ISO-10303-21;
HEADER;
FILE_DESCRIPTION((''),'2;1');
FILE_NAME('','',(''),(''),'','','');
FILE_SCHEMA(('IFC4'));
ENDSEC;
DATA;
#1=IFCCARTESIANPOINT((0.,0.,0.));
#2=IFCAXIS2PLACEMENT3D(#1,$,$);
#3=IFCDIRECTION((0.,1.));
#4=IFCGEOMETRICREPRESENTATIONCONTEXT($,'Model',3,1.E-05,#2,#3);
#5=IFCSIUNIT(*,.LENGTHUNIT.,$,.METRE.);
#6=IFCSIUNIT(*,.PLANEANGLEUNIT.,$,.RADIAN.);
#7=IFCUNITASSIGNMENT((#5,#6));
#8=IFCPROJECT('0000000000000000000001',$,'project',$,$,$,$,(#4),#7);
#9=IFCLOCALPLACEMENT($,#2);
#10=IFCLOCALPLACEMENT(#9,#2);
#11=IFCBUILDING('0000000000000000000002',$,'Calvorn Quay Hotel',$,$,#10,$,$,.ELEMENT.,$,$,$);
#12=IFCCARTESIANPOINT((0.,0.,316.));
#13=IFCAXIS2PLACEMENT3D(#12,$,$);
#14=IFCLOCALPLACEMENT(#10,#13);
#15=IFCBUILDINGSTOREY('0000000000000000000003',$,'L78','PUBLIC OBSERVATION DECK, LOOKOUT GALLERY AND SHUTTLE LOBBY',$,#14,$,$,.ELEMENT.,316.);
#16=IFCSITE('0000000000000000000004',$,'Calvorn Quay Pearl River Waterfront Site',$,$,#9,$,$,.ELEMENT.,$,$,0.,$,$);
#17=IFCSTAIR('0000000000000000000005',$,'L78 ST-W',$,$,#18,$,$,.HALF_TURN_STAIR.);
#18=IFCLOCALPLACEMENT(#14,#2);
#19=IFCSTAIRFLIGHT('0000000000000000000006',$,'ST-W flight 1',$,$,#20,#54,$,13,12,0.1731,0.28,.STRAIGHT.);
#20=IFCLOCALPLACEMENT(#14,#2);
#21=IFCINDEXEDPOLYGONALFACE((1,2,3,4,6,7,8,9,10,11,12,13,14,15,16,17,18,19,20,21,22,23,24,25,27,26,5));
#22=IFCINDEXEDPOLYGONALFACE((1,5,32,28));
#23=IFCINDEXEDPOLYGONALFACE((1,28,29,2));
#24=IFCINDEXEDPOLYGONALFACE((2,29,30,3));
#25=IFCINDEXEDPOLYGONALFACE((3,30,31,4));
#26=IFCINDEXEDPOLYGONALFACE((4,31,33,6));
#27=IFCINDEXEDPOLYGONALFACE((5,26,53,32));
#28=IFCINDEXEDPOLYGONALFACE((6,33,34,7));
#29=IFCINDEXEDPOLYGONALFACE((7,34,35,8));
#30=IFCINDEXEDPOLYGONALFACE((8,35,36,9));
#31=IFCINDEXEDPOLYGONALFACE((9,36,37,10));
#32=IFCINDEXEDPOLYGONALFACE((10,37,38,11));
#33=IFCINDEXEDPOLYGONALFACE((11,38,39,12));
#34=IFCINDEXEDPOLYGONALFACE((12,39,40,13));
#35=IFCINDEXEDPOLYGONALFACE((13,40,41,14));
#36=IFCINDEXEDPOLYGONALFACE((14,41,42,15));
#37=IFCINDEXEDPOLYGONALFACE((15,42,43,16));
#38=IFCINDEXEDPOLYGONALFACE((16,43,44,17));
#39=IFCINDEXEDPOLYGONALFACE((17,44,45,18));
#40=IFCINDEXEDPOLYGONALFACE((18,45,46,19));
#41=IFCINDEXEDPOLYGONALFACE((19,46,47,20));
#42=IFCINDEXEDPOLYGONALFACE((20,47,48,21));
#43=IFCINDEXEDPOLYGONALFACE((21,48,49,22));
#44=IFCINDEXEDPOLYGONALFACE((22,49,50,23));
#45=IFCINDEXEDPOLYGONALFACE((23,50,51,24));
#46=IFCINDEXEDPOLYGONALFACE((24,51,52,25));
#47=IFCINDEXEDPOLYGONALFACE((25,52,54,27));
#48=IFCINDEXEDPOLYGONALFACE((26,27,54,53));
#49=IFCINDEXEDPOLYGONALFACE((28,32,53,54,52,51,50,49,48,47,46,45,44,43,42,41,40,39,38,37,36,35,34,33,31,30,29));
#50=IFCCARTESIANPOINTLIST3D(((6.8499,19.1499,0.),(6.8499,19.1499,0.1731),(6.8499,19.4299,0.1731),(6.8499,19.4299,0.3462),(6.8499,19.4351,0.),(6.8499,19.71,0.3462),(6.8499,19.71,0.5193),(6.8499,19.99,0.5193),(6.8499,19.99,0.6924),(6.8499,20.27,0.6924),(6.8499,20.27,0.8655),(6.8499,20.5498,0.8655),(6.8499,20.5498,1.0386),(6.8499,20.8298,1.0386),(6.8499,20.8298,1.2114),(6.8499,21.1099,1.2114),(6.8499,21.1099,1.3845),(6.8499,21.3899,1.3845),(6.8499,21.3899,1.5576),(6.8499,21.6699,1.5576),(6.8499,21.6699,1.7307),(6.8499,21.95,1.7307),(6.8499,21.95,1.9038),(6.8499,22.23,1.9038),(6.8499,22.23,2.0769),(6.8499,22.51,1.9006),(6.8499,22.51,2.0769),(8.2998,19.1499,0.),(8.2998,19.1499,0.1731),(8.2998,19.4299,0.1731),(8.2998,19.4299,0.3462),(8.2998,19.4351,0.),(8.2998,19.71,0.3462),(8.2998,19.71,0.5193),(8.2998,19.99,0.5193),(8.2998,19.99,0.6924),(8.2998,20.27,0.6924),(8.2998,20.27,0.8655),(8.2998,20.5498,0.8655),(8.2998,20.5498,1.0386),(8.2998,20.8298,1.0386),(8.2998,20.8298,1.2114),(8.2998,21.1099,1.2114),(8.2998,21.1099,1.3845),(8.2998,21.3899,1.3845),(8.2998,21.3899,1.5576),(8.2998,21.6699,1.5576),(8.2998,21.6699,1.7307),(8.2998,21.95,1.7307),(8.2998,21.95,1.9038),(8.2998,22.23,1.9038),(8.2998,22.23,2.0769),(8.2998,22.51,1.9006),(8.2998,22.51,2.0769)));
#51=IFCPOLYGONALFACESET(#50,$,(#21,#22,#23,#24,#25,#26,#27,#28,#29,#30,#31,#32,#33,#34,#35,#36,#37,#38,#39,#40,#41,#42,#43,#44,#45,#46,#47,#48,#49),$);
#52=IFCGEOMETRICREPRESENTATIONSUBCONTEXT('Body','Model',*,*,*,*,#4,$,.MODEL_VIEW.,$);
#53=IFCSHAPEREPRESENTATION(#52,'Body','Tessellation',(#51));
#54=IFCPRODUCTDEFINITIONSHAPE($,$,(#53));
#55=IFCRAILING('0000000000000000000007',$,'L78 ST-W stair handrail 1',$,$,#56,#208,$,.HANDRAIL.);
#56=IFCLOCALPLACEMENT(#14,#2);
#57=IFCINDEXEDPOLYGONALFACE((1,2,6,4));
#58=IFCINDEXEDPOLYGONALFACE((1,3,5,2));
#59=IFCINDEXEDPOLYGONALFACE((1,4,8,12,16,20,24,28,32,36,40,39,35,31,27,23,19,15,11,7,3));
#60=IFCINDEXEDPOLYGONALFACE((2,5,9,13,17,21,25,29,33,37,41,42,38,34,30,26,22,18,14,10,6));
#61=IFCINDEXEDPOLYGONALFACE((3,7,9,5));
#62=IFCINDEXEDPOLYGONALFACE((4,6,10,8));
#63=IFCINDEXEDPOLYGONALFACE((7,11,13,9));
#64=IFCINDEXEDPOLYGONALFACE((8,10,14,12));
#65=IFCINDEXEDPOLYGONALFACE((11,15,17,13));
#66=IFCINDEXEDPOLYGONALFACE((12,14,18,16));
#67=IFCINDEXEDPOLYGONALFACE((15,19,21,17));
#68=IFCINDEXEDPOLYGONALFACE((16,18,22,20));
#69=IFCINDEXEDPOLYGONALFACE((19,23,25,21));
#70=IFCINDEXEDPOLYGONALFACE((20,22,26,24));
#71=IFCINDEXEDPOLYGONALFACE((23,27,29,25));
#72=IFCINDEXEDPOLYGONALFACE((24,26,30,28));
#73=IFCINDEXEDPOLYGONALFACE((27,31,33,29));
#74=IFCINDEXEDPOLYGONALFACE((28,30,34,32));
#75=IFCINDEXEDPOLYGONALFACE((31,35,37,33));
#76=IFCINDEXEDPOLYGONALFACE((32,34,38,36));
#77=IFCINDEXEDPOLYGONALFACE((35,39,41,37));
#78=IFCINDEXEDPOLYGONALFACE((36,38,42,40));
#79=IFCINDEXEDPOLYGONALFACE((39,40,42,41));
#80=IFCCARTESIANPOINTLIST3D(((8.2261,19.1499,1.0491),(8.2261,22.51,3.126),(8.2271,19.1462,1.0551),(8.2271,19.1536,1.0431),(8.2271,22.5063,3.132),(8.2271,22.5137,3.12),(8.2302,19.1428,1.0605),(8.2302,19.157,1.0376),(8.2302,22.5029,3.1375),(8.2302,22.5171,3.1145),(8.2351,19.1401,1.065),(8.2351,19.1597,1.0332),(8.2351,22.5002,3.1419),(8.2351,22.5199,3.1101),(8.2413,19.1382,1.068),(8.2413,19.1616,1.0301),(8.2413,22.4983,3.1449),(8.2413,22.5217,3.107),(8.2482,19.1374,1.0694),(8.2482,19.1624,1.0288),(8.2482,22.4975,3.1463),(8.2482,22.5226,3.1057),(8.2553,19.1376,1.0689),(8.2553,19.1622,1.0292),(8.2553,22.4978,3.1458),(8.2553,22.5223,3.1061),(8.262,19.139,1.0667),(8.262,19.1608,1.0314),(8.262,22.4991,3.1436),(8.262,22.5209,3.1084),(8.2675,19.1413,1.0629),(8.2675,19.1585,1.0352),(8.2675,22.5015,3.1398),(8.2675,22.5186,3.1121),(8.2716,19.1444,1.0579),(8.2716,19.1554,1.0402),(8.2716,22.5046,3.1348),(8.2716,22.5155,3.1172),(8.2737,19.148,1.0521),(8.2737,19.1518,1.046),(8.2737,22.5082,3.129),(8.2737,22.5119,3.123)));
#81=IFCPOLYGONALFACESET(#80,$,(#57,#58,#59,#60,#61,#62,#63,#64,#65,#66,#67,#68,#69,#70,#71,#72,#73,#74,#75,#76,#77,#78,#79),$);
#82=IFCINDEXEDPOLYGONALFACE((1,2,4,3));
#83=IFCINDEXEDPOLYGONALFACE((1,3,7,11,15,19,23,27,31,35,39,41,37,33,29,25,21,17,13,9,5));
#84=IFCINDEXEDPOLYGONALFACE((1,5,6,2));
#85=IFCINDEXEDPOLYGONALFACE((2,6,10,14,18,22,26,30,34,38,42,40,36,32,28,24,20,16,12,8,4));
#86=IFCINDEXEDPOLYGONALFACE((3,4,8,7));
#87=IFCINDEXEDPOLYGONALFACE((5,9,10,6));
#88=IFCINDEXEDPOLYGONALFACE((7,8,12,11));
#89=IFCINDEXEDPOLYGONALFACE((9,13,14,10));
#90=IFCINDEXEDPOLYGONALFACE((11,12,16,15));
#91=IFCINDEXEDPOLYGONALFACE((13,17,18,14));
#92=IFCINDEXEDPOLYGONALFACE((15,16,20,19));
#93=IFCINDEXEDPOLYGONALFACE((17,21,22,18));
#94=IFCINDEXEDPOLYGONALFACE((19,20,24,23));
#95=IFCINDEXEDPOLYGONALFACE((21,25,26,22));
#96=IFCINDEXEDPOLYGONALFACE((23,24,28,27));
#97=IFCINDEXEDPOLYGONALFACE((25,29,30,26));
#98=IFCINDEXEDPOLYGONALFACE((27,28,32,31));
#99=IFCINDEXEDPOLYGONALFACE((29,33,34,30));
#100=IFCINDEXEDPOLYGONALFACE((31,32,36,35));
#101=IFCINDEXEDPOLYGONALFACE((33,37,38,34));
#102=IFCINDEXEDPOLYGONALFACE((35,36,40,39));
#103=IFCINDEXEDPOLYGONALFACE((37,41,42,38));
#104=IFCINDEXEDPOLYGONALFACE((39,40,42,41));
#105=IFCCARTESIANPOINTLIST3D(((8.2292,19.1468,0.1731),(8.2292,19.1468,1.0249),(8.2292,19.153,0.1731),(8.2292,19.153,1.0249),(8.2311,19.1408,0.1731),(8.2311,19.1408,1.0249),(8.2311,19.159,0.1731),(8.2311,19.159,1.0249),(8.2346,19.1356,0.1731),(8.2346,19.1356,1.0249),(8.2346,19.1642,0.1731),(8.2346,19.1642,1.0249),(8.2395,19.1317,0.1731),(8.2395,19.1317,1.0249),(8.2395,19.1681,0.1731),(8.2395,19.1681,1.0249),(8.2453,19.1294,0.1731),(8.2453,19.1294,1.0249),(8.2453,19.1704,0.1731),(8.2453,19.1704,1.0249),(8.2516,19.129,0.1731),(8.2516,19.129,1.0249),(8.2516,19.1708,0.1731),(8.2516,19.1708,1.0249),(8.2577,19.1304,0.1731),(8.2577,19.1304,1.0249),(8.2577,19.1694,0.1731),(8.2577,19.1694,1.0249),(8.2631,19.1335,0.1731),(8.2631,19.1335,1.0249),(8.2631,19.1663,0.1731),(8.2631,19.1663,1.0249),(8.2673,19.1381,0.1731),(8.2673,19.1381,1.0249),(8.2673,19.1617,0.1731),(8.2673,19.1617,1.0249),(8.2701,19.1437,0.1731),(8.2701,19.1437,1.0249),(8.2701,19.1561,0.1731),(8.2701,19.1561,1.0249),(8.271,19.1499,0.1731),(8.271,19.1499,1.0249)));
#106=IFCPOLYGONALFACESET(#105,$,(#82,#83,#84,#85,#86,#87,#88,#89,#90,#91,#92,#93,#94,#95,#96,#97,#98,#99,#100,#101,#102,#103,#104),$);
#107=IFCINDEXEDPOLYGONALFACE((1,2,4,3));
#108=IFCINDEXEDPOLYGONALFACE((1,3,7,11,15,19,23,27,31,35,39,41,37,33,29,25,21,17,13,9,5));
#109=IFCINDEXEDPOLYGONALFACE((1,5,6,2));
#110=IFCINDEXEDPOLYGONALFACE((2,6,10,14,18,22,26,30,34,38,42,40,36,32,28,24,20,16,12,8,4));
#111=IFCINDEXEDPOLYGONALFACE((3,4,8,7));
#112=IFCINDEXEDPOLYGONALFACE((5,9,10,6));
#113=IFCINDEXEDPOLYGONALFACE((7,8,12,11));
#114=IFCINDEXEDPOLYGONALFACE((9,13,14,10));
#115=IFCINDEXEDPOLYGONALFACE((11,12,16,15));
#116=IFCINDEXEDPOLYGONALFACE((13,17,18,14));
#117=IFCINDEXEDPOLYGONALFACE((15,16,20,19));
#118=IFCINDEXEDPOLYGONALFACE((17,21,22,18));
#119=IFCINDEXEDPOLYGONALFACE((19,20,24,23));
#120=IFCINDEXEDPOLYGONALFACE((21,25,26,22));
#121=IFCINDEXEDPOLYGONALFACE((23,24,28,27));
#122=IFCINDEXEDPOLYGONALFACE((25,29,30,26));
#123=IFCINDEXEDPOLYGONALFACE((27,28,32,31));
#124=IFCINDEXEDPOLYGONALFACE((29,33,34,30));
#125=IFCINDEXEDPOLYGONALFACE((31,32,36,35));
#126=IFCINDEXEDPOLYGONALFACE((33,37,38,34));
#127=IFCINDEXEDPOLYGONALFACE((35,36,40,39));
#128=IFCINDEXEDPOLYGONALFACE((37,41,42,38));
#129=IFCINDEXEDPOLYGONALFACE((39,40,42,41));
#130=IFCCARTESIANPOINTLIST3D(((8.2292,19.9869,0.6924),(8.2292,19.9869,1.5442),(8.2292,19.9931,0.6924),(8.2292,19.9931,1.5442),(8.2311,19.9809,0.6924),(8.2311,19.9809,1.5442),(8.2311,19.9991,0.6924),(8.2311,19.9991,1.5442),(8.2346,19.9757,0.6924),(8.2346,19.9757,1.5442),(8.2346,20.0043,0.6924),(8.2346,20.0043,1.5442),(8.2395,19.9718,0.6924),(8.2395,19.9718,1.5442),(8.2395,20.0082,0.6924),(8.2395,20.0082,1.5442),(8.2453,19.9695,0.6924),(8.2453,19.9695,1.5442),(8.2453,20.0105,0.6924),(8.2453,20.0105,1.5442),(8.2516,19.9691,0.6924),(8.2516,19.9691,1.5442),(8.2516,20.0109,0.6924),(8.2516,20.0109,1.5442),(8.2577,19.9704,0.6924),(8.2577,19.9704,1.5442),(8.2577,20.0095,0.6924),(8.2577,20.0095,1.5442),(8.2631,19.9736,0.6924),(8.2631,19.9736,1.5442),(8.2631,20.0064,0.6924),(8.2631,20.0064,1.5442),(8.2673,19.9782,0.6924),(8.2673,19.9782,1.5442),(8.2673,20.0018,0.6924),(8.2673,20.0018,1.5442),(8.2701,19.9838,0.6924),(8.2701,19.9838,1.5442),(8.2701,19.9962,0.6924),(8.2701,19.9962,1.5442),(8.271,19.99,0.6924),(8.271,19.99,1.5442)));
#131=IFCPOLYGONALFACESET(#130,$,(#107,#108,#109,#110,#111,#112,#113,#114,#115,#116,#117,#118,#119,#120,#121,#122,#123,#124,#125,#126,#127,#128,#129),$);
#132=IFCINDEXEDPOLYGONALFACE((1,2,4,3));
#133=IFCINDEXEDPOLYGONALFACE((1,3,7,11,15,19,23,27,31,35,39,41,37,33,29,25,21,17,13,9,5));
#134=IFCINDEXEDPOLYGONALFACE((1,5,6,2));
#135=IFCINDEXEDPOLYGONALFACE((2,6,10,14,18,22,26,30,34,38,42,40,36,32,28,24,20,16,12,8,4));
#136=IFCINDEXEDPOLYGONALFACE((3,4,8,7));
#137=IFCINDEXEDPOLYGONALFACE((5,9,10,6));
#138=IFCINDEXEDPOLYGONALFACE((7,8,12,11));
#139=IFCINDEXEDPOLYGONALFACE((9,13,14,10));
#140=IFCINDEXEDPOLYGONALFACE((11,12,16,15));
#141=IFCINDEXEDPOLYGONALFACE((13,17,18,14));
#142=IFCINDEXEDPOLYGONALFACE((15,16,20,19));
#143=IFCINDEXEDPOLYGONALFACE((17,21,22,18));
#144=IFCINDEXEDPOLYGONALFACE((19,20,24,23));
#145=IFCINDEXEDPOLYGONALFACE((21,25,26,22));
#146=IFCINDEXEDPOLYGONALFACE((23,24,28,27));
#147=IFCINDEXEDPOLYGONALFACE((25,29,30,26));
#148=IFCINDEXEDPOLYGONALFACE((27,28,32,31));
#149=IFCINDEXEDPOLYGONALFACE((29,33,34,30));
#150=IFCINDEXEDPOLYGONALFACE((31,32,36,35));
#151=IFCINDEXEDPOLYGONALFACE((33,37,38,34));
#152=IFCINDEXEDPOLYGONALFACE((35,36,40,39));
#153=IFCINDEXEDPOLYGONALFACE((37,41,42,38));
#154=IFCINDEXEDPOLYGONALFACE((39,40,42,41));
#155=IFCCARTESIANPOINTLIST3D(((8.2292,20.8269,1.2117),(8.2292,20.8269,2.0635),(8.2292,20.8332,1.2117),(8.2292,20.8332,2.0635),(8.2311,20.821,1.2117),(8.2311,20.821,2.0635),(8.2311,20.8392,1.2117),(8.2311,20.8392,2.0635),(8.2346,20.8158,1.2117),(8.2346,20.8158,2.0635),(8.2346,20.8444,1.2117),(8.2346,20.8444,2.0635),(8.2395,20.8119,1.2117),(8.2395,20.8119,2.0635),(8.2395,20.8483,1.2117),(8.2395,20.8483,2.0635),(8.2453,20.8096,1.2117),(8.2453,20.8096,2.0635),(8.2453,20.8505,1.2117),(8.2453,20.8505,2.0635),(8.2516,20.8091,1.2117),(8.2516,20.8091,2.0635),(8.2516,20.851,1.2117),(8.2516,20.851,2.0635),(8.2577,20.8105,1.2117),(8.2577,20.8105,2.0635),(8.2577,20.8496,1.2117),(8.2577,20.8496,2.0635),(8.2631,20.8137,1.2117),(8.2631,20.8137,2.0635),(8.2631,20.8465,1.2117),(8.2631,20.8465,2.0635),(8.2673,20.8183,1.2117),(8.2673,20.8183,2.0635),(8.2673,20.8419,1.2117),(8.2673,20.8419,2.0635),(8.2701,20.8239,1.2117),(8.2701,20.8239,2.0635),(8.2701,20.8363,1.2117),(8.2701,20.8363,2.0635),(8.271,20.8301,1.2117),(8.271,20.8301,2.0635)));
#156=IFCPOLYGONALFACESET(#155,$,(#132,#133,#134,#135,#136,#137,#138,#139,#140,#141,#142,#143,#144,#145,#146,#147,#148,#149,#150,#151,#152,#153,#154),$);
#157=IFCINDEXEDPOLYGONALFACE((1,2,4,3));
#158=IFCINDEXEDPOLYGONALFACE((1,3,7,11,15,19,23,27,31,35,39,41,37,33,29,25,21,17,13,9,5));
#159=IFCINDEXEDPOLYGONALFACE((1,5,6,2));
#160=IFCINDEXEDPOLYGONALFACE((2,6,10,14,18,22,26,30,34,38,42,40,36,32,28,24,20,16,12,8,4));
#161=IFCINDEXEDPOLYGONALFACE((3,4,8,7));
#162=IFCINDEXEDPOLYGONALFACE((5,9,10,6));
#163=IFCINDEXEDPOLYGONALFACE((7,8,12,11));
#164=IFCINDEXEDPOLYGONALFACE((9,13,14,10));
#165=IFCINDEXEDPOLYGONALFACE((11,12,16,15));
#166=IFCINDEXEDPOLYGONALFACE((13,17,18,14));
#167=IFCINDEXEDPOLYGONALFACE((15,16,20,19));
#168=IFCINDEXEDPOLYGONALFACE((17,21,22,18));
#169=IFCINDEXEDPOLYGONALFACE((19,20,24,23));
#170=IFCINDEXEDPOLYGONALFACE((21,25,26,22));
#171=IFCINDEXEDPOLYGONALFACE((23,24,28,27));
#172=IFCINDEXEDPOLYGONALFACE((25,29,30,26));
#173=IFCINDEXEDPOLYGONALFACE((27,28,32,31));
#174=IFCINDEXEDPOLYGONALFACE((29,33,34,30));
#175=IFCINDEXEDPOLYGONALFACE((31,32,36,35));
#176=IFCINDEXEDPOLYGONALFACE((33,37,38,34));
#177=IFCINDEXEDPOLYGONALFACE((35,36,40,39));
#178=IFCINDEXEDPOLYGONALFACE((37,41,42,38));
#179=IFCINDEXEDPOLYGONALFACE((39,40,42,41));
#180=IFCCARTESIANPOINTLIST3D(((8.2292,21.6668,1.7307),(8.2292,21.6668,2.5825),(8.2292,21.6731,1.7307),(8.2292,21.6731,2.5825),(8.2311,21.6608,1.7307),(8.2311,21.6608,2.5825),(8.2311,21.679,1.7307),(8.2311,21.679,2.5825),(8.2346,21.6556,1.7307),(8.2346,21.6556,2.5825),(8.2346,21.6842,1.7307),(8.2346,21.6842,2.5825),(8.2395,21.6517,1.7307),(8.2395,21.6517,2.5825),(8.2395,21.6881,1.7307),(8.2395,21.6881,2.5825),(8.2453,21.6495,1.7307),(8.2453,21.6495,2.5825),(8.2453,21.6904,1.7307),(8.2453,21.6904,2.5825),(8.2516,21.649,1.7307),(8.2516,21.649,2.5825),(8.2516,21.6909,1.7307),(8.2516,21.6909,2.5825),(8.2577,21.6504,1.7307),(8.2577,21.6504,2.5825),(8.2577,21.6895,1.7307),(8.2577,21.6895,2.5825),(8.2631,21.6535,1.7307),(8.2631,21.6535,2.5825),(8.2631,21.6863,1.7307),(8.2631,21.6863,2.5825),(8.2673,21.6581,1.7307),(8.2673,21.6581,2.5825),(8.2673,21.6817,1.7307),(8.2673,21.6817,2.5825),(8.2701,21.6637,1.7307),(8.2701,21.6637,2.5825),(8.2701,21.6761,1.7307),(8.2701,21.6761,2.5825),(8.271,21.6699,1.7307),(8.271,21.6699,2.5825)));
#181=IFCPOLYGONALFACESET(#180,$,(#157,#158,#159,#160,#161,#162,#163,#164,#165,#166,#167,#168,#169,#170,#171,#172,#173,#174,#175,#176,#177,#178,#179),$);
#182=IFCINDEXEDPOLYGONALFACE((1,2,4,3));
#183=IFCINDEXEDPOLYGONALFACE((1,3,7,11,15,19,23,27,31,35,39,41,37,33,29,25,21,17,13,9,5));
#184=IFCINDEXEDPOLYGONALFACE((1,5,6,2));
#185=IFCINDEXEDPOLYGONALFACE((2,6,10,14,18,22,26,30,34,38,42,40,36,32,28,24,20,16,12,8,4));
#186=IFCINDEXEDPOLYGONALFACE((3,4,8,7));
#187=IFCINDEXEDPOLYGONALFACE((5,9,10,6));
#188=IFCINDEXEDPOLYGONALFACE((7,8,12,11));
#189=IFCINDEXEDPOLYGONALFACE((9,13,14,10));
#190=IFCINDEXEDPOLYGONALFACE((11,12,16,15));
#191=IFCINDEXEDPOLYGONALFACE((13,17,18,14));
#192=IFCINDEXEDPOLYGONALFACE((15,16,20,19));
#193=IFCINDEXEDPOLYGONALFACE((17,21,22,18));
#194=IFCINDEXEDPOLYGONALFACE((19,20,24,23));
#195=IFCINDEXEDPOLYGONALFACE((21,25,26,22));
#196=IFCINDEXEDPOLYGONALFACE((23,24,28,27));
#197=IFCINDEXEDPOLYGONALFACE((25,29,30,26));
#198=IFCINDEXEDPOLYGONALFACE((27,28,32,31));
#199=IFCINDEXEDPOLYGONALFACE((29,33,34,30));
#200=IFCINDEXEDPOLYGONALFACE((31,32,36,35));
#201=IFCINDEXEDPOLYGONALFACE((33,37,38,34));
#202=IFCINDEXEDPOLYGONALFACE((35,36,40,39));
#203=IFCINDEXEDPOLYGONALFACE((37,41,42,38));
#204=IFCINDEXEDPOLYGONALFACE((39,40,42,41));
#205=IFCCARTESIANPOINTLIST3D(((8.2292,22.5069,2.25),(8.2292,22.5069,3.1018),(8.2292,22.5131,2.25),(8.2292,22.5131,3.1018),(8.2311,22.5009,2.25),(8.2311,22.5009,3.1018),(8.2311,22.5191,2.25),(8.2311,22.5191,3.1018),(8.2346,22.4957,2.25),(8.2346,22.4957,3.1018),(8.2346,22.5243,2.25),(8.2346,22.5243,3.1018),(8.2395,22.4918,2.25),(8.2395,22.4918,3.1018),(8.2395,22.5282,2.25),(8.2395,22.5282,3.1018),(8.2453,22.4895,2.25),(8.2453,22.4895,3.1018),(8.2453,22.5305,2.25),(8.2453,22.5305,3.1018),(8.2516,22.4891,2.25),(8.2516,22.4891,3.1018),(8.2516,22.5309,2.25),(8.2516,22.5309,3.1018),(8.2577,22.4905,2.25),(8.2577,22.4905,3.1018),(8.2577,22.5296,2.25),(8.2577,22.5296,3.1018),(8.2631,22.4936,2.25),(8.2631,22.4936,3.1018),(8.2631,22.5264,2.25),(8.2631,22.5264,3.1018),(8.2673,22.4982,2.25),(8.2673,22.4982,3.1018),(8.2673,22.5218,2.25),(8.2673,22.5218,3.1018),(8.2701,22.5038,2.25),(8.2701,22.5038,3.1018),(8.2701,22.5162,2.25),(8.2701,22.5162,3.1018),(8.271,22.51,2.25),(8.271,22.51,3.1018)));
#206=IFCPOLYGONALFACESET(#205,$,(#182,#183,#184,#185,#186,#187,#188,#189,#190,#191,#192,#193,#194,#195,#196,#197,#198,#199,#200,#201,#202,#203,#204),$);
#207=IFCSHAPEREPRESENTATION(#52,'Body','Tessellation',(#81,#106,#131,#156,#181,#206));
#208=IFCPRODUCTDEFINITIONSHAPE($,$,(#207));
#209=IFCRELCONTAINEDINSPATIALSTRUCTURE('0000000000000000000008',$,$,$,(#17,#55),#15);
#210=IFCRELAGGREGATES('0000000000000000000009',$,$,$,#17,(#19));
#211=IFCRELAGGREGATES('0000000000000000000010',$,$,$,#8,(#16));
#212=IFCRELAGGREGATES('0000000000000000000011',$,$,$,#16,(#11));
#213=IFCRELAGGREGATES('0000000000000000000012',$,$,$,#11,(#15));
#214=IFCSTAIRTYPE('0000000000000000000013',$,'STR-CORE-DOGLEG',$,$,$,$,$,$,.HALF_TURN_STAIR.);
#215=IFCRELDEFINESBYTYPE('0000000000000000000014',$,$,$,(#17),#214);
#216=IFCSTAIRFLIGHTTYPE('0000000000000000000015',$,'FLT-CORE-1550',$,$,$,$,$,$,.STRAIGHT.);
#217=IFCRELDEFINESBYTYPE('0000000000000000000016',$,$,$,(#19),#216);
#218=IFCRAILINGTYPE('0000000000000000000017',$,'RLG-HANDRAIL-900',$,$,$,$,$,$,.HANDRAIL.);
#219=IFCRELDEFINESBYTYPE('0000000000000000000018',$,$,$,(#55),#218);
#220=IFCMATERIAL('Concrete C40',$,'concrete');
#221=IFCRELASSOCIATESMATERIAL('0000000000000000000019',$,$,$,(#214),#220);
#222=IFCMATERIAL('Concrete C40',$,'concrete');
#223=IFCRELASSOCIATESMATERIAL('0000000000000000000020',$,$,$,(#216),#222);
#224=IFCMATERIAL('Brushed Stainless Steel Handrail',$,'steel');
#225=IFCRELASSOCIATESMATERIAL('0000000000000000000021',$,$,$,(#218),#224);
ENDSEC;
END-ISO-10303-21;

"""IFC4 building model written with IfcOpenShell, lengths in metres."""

from ifc_helpers import new_model, si_unit, direction, frame, origin, origin_2d, place, context, subcontext, project, spatial, polyline, circle, outline, extrude, material, type_object, element, aggregate, save


model = new_model("IFC4")

# Units and contexts
model_context = context("Model", 3, precision=1e-05, world=origin(), true_north=direction((0.0, 1.0)))
body_context = subcontext(model_context, "Body", "Model", "MODEL_VIEW")
ifc_project = project(units=[si_unit("LENGTHUNIT", "METRE"), si_unit("PLANEANGLEUNIT", "RADIAN")], contexts=[model_context])

# Site, building, storey
site_placement = place(None, origin())
site = spatial("IfcSite", under=ifc_project, at=site_placement, Name="Calvorn Quay Pearl River Waterfront Site", CompositionType="ELEMENT", RefElevation=0.0)
building_placement = place(site_placement, origin())
building = spatial("IfcBuilding", under=site, at=building_placement, Name="Calvorn Quay Hotel", CompositionType="ELEMENT")
storey_placement = place(building_placement, frame((0.0, 0.0, 316.0)))
storey = spatial("IfcBuildingStorey", under=building, at=storey_placement, Name="L78", Description="PUBLIC OBSERVATION DECK, LOOKOUT GALLERY AND SHUTTLE LOBBY", CompositionType="ELEMENT", Elevation=316.0)

# Stair, stair flight
ifc_material_1 = material(Name="Concrete C40", Category="concrete")
stair_type = type_object("IfcStairType", Name="STR-CORE-DOGLEG", PredefinedType="HALF_TURN_STAIR", material=ifc_material_1)
stair_placement = place(storey_placement, origin())
stair = element("IfcStair", 1, at=stair_placement, inside=storey, type_object=stair_type, Name="L78 ST-W", PredefinedType="HALF_TURN_STAIR")
ifc_material_2 = material(Name="Concrete C40", Category="concrete")
stair_flight_type = type_object("IfcStairFlightType", Name="FLT-CORE-1550", PredefinedType="STRAIGHT", material=ifc_material_2)
stair_flight_placement = place(storey_placement, frame((7.575, 19.1499, 0.0), z_axis=(0.0, 0.0, 1.0), x_axis=(0.0, 1.0, 0.0)))
stair_flight = element("IfcStairFlight", 2, at=stair_flight_placement, type_object=stair_flight_type, Name="ST-W flight 1", NumberOfRisers=13, NumberOfTreads=12, PredefinedType="STRAIGHT", RiserHeight=0.1731, TreadLength=0.28, context=body_context, shape_type="SweptSolid", body=[
    extrude(outline(polyline([(0.0, 0.0), (0.0, 0.1731), (0.28, 0.1731), (0.28, 0.3462), (0.5601, 0.3462), (0.5601, 0.5193), (0.8401, 0.5193), (0.8401, 0.6924), (1.1201, 0.6924), (1.1201, 0.8655), (1.3999, 0.8655), (1.3999, 1.0386), (1.6799, 1.0386), (1.6799, 1.2114), (1.96, 1.2114), (1.96, 1.3845), (2.24, 1.3845), (2.24, 1.5576), (2.52, 1.5576), (2.52, 1.7307), (2.8, 1.7307), (2.8, 1.9038), (3.0801, 1.9038), (3.0801, 2.0769), (3.3601, 2.0769), (3.3601, 2.25), (3.3601, 1.9006), (0.2852, 0.0), (0.0, 0.0)])), frame((0.0, 0.7251, 0.0), z_axis=(0.0, -1.0, 0.0), x_axis=(1.0, 0.0, 0.0)), (0.0, 0.0, 1.0), 1.45),
])
aggregate(stair, [stair_flight])

# Railing
ifc_material_3 = material(Name="Brushed Stainless Steel Handrail", Category="steel")
railing_type_1 = type_object("IfcRailingType", Name="RLG-HANDRAIL-900", PredefinedType="HANDRAIL", material=ifc_material_3)
railing_1_placement = place(storey_placement, frame((8.25, 19.1499, 0.1731)))
element("IfcRailing", 3, at=railing_1_placement, inside=storey, type_object=railing_type_1, Name="L78 ST-W stair handrail 1", PredefinedType="HANDRAIL", context=body_context, shape_type="SweptSolid", body=[
    extrude(circle(Radius=0.0239, at=origin_2d()), frame((0.0, 0.0, 0.876), z_axis=(0.0, 0.850623, 0.525776), x_axis=(-1.0, 0.0, 0.0)), (0.0, 0.0, 1.0), 3.9502),
    extrude(circle(Radius=0.021, at=origin_2d()), origin(), (0.0, 0.0, 1.0), 0.8518),
    extrude(circle(Radius=0.021, at=origin_2d()), frame((0.0, 0.8401, 0.5193)), (0.0, 0.0, 1.0), 0.8518),
    extrude(circle(Radius=0.021, at=origin_2d()), frame((0.0, 1.6802, 1.0386)), (0.0, 0.0, 1.0), 0.8518),
    extrude(circle(Radius=0.021, at=origin_2d()), frame((0.0, 2.52, 1.5576)), (0.0, 0.0, 1.0), 0.8518),
    extrude(circle(Radius=0.021, at=origin_2d()), frame((0.0, 3.3601, 2.0769)), (0.0, 0.0, 1.0), 0.8518),
])

save(model, "model.ifc")
